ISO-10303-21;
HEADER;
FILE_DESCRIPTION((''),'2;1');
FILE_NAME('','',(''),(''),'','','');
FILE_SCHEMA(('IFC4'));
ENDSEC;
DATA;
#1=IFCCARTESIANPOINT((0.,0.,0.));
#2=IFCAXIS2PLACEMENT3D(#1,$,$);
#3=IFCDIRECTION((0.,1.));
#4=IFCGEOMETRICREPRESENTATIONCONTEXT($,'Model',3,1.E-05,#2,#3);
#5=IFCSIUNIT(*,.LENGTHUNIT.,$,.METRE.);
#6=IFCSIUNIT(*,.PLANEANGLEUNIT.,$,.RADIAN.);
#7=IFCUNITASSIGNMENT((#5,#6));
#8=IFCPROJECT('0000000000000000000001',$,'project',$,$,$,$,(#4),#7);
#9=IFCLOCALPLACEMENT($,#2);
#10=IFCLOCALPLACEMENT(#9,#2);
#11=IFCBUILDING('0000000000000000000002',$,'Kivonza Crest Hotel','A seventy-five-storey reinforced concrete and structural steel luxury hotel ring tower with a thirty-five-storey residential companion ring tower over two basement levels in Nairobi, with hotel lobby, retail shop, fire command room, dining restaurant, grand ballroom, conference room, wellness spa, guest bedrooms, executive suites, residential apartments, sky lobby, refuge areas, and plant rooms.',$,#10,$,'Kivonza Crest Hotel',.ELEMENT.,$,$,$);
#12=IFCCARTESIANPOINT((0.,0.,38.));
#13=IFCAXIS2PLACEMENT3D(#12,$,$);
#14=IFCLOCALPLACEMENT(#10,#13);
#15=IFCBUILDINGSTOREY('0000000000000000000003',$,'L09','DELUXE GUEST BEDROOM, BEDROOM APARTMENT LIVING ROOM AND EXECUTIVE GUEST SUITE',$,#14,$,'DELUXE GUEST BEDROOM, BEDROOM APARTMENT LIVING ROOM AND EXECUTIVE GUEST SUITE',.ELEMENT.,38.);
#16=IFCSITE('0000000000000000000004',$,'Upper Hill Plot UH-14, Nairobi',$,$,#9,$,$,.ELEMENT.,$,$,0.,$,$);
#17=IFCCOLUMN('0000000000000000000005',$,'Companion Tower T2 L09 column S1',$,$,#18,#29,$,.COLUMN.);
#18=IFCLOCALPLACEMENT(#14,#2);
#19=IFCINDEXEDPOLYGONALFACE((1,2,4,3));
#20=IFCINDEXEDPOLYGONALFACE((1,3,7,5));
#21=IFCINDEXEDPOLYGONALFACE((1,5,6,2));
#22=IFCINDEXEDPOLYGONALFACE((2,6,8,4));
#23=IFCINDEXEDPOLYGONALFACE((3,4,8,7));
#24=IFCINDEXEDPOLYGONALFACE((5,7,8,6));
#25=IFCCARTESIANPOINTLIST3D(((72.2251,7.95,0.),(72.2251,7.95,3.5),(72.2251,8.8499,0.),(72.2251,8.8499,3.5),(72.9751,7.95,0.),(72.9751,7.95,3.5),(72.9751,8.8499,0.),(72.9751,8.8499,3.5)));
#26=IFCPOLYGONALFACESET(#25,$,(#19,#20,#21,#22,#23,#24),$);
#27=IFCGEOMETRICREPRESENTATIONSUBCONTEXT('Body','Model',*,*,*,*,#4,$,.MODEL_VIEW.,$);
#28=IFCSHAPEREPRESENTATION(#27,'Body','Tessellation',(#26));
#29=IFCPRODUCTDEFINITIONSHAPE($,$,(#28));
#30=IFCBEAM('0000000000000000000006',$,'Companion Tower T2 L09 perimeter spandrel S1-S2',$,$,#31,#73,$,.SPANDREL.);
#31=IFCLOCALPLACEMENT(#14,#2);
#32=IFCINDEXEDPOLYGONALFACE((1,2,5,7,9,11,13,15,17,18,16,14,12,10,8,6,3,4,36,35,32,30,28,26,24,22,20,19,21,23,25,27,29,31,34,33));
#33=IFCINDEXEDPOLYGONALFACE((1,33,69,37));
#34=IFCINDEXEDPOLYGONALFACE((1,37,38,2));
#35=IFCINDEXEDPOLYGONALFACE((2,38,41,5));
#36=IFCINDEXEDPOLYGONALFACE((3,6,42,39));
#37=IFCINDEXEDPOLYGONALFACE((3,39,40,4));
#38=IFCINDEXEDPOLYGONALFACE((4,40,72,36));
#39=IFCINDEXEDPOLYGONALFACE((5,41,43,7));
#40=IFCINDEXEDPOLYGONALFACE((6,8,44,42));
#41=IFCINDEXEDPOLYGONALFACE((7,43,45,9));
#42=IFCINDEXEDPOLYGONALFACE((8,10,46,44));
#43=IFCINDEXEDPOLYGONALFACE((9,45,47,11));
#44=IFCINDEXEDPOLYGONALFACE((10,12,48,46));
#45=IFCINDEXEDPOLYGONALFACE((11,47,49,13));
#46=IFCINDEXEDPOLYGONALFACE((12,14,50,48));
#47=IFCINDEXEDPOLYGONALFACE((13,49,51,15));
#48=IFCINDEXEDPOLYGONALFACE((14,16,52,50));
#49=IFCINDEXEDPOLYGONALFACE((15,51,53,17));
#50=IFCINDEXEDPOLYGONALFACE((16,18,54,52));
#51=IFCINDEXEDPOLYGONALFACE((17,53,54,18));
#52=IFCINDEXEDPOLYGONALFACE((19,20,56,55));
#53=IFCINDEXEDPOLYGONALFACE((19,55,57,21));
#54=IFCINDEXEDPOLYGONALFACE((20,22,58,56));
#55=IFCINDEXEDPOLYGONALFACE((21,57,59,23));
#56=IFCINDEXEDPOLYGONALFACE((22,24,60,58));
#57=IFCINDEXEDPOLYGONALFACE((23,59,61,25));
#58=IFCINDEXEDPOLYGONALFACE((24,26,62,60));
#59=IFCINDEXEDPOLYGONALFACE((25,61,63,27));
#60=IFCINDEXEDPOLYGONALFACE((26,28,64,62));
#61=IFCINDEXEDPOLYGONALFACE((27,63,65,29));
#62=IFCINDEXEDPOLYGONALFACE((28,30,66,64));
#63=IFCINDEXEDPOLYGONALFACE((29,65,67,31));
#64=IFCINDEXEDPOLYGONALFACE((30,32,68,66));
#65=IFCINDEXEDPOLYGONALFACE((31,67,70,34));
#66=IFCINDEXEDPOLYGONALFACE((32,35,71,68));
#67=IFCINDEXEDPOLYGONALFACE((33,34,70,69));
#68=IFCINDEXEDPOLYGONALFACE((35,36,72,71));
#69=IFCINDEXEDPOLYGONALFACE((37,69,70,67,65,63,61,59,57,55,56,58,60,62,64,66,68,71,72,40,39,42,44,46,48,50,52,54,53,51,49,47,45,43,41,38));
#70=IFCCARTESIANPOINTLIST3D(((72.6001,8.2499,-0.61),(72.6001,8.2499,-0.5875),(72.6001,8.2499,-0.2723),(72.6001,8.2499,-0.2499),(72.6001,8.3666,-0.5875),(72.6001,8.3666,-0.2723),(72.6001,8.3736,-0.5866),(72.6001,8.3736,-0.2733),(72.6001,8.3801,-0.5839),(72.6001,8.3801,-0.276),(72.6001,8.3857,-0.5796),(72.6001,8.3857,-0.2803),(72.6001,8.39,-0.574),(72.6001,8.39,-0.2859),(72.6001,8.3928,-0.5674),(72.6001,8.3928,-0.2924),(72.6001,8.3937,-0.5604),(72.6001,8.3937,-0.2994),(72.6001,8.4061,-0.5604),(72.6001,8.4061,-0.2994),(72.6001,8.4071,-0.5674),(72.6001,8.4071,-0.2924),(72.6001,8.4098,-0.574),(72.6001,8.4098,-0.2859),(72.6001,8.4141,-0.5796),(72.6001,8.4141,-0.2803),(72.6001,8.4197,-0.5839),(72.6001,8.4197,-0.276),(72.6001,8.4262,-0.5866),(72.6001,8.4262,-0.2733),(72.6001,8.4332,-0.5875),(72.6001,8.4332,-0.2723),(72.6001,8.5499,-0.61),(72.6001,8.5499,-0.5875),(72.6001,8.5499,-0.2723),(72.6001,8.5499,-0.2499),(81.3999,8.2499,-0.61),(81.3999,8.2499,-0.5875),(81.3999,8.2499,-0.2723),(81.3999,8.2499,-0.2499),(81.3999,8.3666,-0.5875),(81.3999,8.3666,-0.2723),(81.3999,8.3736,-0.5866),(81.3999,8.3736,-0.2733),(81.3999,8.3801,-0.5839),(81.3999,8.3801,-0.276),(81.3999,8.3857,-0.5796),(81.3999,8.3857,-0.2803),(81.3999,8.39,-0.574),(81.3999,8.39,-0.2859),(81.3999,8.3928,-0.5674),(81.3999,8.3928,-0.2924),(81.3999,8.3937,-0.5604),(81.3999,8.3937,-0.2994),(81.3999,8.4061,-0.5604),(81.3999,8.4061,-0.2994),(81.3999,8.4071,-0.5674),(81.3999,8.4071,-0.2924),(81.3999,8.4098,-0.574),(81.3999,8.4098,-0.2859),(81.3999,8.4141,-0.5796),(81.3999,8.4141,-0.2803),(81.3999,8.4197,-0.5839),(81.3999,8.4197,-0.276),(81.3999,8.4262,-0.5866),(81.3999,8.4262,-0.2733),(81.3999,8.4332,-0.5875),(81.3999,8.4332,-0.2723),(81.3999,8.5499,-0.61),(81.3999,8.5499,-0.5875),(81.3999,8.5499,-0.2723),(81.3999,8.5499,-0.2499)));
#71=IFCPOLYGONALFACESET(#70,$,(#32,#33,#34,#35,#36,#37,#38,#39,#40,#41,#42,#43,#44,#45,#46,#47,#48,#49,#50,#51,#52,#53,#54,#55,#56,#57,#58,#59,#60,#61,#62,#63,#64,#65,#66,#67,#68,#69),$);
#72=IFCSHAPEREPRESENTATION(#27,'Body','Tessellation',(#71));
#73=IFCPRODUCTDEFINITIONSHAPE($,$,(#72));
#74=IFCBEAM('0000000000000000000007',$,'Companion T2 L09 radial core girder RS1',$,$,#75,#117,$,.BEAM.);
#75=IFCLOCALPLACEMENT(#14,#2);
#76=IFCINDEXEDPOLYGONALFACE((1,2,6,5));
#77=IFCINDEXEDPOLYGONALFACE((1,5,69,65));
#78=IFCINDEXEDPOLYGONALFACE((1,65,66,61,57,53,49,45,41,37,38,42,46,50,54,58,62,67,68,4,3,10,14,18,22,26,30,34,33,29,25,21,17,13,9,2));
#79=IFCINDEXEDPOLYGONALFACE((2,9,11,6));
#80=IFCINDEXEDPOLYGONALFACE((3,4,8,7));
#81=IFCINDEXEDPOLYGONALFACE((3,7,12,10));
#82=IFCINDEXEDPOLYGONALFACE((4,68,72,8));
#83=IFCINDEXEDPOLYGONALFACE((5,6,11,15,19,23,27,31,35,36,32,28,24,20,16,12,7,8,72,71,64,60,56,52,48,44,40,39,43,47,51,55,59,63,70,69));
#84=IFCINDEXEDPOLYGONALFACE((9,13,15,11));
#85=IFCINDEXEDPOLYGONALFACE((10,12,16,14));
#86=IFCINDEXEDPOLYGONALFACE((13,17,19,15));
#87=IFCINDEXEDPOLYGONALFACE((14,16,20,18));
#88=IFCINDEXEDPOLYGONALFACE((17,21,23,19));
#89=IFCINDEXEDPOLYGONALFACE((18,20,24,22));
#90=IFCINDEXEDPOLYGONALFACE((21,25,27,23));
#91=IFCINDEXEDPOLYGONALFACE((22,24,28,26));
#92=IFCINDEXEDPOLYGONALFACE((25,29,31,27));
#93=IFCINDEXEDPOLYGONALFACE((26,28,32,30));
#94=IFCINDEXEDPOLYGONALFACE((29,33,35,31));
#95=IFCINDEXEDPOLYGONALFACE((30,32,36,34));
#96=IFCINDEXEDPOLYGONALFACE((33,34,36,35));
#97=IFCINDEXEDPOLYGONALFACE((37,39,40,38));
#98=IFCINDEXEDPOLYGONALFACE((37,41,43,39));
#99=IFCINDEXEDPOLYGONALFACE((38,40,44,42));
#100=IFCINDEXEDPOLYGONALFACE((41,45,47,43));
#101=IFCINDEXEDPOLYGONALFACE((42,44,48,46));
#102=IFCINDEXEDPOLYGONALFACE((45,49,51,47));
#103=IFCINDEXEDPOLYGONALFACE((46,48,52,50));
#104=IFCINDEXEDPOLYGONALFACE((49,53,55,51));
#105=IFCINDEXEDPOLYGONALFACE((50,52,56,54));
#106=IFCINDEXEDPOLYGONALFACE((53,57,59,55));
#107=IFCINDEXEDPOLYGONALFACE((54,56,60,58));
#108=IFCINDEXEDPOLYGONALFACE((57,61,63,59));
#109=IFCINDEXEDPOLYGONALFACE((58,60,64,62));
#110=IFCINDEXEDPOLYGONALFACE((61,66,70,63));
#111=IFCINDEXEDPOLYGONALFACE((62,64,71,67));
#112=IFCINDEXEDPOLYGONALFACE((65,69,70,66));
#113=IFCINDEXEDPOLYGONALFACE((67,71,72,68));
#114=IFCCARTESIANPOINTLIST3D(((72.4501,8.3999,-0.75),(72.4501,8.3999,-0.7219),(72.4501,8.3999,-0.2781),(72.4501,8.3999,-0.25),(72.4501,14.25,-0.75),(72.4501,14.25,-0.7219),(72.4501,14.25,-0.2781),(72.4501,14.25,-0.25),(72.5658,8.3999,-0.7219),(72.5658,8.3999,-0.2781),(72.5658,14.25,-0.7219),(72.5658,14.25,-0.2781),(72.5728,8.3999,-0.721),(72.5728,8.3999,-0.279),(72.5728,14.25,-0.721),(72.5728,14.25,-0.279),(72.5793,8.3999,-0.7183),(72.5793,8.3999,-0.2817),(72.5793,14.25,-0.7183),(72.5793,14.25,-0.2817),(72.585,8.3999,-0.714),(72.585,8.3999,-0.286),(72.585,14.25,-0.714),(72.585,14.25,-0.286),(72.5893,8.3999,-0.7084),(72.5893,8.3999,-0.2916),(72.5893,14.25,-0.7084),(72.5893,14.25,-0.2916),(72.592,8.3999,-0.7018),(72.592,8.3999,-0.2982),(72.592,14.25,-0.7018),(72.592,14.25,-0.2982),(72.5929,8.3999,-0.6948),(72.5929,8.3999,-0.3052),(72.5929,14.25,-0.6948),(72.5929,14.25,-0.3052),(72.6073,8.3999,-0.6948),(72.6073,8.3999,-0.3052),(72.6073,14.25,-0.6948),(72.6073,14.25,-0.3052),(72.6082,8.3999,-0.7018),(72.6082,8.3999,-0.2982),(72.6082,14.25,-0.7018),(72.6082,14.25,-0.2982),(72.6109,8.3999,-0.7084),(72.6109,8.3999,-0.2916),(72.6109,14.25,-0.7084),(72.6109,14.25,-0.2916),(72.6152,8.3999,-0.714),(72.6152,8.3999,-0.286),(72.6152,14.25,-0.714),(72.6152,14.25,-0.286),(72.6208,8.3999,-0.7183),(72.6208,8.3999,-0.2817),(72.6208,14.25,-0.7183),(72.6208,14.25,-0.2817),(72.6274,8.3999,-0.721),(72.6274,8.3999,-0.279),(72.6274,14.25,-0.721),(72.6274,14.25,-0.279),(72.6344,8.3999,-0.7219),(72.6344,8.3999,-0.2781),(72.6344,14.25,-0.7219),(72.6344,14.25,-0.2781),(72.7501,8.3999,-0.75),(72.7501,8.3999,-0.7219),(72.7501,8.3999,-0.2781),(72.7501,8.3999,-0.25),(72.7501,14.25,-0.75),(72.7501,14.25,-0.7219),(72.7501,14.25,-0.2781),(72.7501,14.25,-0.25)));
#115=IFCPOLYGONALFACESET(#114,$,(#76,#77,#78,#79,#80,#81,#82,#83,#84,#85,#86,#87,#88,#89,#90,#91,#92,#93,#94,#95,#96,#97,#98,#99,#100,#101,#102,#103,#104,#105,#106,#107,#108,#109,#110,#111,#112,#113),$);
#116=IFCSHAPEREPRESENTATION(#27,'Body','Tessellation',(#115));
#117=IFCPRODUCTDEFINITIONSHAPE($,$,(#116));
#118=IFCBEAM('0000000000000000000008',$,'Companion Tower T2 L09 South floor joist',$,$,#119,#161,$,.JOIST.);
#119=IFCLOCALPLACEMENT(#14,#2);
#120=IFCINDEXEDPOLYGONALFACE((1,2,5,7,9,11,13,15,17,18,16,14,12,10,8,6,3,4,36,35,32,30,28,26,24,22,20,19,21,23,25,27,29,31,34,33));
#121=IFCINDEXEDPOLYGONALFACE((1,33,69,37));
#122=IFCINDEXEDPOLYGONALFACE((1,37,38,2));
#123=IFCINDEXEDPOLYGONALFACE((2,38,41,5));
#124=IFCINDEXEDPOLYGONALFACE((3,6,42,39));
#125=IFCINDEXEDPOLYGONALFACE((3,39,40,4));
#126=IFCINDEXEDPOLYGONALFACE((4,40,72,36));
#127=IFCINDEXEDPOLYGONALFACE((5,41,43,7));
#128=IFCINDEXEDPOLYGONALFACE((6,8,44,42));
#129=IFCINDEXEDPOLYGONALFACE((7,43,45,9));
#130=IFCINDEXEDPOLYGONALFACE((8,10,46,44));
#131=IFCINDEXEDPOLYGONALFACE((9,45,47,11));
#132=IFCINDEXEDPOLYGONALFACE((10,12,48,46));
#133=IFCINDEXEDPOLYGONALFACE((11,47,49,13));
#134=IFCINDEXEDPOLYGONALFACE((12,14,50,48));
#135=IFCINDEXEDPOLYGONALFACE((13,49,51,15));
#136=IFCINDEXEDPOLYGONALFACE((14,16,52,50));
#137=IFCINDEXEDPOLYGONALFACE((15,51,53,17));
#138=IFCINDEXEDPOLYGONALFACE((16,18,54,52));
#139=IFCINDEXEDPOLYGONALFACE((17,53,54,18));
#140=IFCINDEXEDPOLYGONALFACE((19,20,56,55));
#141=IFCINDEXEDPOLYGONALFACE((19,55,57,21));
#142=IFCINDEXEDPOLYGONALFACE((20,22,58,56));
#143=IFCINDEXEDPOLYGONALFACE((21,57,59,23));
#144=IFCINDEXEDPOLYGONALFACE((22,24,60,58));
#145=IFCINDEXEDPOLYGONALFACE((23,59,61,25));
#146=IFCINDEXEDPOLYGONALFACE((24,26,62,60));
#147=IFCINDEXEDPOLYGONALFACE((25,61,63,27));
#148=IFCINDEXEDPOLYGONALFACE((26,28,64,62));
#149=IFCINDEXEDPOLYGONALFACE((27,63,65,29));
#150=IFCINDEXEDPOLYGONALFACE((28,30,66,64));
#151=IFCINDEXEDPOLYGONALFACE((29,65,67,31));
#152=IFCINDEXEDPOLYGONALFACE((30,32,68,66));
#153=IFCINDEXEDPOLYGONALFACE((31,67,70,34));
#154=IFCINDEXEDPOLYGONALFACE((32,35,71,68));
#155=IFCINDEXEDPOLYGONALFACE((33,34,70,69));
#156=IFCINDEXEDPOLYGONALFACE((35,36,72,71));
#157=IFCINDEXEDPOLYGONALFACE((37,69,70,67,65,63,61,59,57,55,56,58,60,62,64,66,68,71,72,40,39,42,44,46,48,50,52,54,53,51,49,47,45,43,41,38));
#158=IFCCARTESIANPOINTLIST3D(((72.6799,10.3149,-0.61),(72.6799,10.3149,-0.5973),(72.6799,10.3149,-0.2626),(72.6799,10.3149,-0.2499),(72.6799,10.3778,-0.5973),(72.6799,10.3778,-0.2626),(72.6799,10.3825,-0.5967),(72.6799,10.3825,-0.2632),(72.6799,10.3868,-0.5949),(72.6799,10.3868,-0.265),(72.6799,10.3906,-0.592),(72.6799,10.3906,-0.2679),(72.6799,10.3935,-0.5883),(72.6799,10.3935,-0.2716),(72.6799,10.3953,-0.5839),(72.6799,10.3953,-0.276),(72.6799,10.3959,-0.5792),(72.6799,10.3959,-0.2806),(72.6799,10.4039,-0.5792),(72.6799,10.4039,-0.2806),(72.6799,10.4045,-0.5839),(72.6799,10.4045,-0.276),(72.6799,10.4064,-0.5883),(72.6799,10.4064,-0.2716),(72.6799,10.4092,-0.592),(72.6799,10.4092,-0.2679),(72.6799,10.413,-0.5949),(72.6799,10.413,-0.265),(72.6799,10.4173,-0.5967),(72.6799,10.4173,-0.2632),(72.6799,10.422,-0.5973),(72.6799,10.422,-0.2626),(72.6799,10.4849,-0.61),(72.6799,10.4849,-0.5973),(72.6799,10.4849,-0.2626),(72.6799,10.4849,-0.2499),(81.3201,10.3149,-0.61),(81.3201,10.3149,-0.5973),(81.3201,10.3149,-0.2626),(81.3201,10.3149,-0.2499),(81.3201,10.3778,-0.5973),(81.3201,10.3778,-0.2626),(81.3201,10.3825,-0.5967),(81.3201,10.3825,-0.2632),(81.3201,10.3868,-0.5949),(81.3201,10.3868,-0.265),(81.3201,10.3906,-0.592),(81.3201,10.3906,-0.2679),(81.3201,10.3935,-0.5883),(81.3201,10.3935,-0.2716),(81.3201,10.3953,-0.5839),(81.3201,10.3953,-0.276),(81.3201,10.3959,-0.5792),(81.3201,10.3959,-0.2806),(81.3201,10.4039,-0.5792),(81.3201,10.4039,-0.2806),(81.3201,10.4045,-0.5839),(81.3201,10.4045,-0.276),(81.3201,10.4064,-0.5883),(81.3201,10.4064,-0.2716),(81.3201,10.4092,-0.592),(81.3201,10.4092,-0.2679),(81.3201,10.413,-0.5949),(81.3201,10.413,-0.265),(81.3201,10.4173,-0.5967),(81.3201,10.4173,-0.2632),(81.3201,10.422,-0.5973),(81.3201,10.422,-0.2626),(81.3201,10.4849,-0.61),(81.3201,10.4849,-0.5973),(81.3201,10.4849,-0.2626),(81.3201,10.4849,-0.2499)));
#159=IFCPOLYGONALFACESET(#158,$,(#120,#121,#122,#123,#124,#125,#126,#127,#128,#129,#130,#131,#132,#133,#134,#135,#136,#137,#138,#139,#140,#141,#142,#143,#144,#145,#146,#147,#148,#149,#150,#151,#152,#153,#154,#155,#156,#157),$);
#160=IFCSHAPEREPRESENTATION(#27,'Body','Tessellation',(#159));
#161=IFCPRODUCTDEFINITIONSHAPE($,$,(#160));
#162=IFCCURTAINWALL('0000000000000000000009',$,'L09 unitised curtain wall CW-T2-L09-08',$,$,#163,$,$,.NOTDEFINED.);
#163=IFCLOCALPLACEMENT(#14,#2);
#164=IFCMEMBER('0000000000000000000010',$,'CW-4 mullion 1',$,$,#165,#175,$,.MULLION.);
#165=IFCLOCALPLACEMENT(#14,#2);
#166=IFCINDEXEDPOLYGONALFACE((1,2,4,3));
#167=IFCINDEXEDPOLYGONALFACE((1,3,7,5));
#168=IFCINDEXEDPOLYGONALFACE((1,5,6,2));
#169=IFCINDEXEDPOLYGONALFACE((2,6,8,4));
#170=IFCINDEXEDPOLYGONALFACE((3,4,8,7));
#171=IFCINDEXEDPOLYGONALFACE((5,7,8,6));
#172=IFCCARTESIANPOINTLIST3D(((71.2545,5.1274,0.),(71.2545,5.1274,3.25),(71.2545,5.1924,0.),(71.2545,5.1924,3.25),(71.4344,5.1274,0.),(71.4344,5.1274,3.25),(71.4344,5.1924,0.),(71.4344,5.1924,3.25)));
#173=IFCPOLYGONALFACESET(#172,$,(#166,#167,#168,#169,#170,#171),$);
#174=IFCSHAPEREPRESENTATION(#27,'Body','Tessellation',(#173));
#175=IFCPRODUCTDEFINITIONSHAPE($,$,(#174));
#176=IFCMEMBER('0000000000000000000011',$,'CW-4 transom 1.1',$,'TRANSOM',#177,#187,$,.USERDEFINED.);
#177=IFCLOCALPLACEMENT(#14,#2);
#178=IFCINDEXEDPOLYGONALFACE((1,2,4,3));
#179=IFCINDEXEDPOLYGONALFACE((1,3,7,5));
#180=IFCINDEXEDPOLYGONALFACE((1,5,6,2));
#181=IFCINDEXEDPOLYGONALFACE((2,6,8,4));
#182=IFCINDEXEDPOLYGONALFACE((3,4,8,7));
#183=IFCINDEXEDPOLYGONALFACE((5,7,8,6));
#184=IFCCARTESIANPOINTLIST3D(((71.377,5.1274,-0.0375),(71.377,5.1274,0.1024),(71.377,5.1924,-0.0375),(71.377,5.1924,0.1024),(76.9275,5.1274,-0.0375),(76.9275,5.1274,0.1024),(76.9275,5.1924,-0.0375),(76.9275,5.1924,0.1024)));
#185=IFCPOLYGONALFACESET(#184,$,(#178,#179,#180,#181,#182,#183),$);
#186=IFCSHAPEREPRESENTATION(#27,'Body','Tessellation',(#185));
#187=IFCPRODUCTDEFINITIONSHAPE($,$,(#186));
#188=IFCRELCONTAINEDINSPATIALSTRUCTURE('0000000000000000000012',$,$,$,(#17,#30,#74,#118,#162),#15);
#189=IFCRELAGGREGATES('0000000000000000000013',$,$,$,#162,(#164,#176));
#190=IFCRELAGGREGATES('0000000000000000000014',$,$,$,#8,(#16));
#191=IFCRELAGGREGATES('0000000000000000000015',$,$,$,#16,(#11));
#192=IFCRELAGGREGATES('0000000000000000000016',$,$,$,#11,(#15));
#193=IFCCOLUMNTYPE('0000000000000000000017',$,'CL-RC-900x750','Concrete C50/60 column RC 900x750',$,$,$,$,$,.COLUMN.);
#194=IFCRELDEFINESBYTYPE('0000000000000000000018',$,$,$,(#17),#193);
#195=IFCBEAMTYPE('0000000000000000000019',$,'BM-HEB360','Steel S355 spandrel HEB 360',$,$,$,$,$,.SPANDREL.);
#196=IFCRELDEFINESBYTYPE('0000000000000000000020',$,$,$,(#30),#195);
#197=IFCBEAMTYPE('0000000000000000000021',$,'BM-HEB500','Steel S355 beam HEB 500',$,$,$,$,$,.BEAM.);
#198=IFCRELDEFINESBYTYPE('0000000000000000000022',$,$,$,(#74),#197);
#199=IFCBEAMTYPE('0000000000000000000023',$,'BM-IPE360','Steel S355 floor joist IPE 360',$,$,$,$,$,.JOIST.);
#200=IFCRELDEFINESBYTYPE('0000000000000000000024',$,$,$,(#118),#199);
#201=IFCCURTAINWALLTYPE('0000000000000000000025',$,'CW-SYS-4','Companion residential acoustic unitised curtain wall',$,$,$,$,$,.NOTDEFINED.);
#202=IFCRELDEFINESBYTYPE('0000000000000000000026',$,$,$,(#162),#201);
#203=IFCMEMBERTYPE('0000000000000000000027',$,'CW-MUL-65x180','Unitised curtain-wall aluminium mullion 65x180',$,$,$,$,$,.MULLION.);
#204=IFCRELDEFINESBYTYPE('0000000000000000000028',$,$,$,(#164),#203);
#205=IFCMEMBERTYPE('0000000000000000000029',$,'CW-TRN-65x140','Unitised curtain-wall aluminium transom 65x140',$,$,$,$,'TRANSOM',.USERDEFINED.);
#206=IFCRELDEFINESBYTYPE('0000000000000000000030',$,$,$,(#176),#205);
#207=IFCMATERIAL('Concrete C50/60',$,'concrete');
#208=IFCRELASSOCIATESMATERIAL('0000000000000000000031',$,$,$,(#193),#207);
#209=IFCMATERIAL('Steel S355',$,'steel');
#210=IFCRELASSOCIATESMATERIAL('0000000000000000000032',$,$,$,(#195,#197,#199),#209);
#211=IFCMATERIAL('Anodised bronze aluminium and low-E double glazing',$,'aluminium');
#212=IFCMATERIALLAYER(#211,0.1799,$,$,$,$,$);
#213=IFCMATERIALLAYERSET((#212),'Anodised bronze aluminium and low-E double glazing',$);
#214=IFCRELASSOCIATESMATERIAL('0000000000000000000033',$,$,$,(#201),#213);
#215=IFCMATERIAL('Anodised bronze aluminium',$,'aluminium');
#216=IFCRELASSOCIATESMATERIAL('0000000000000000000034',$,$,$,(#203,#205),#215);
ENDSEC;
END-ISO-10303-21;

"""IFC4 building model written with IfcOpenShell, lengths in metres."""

from ifc_helpers import new_model, si_unit, direction, frame, origin, origin_2d, place, context, subcontext, project, spatial, rectangle, i_section, extrude, material, layer, layer_set, material_profile, profile_set, type_object, element, aggregate, save


model = new_model("IFC4")

# Units and contexts
model_context = context("Model", 3, precision=1e-05, world=origin(), true_north=direction((0.0, 1.0)))
body_context = subcontext(model_context, "Body", "Model", "MODEL_VIEW")
ifc_project = project(units=[si_unit("LENGTHUNIT", "METRE"), si_unit("PLANEANGLEUNIT", "RADIAN")], contexts=[model_context])

# Site, building, storey
site_placement = place(None, origin())
site = spatial("IfcSite", under=ifc_project, at=site_placement, Name="Upper Hill Plot UH-14, Nairobi", CompositionType="ELEMENT", RefElevation=0.0)
building_placement = place(site_placement, origin())
building = spatial("IfcBuilding", under=site, at=building_placement, Name="Kivonza Crest Hotel", Description="A seventy-five-storey reinforced concrete and structural steel luxury hotel ring tower with a thirty-five-storey residential companion ring tower over two basement levels in Nairobi, with hotel lobby, retail shop, fire command room, dining restaurant, grand ballroom, conference room, wellness spa, guest bedrooms, executive suites, residential apartments, sky lobby, refuge areas, and plant rooms.", LongName="Kivonza Crest Hotel", CompositionType="ELEMENT")
storey_placement = place(building_placement, frame((0.0, 0.0, 38.0)))
storey = spatial("IfcBuildingStorey", under=building, at=storey_placement, Name="L09", Description="DELUXE GUEST BEDROOM, BEDROOM APARTMENT LIVING ROOM AND EXECUTIVE GUEST SUITE", LongName="DELUXE GUEST BEDROOM, BEDROOM APARTMENT LIVING ROOM AND EXECUTIVE GUEST SUITE", CompositionType="ELEMENT", Elevation=38.0)

# Column
ifc_material_1 = material(Name="Concrete C50/60", Category="concrete")
ifc_material_profile_1 = material_profile(ifc_material_1, rectangle(XDim=0.75, YDim=0.8999, at=origin_2d()), Name="RC 900x750")
ifc_profile_set_1 = profile_set([ifc_material_profile_1], Name="Concrete C50/60")
column_type = type_object("IfcColumnType", Name="CL-RC-900x750", Description="Concrete C50/60 column RC 900x750", PredefinedType="COLUMN", material=ifc_profile_set_1)
column_placement = place(storey_placement, frame((72.6001, 8.3999, 0.0), z_axis=(0.0, 0.0, 1.0), x_axis=(1.0, 0.0, 0.0)))
element("IfcColumn", 1, at=column_placement, inside=storey, type_object=column_type, Name="Companion Tower T2 L09 column S1", PredefinedType="COLUMN", context=body_context, shape_type="SweptSolid", body=[
    extrude(rectangle(XDim=0.75, YDim=0.8999, at=origin_2d()), origin(), (0.0, 0.0, 1.0), 3.5),
])

# Beams
ifc_material_2 = material(Name="Steel S355", Category="steel")
ifc_material_profile_2 = material_profile(ifc_material_2, i_section(OverallWidth=0.3, OverallDepth=0.3601, WebThickness=0.0125, FlangeThickness=0.0225, FilletRadius=0.0271, at=origin_2d()), Name="HEB 360")
ifc_profile_set_2 = profile_set([ifc_material_profile_2], Name="Steel S355")
beam_type_1 = type_object("IfcBeamType", Name="BM-HEB360", Description="Steel S355 spandrel HEB 360", PredefinedType="SPANDREL", material=ifc_profile_set_2)
beam_1_placement = place(storey_placement, frame((72.6001, 8.3999, -0.4299), z_axis=(1.0, 0.0, 0.0), x_axis=(0.0, 1.0, 0.0)))
element("IfcBeam", 2, at=beam_1_placement, inside=storey, type_object=beam_type_1, Name="Companion Tower T2 L09 perimeter spandrel S1-S2", PredefinedType="SPANDREL", context=body_context, shape_type="SweptSolid", body=[
    extrude(i_section(OverallWidth=0.3, OverallDepth=0.3601, WebThickness=0.0125, FlangeThickness=0.0225, FilletRadius=0.0271, at=origin_2d()), origin(), (0.0, 0.0, 1.0), 8.7998),
])
ifc_material_profile_3 = material_profile(ifc_material_2, i_section(OverallWidth=0.3, OverallDepth=0.5, WebThickness=0.0144, FlangeThickness=0.0281, FilletRadius=0.0271, at=origin_2d()), Name="HEB 500")
ifc_profile_set_3 = profile_set([ifc_material_profile_3], Name="Steel S355")
beam_type_2 = type_object("IfcBeamType", Name="BM-HEB500", Description="Steel S355 beam HEB 500", PredefinedType="BEAM", material=ifc_profile_set_3)
beam_2_placement = place(storey_placement, frame((72.6001, 8.3999, -0.5), z_axis=(0.0, 1.0, 0.0), x_axis=(-1.0, 0.0, 0.0)))
element("IfcBeam", 3, at=beam_2_placement, inside=storey, type_object=beam_type_2, Name="Companion T2 L09 radial core girder RS1", PredefinedType="BEAM", context=body_context, shape_type="SweptSolid", body=[
    extrude(i_section(OverallWidth=0.3, OverallDepth=0.5, WebThickness=0.0144, FlangeThickness=0.0281, FilletRadius=0.0271, at=origin_2d()), origin(), (0.0, 0.0, 1.0), 5.8501),
])
ifc_material_profile_4 = material_profile(ifc_material_2, i_section(OverallWidth=0.1699, OverallDepth=0.3601, WebThickness=0.0081, FlangeThickness=0.0127, FilletRadius=0.0181, at=origin_2d()), Name="IPE 360")
ifc_profile_set_4 = profile_set([ifc_material_profile_4], Name="Steel S355")
beam_type_3 = type_object("IfcBeamType", Name="BM-IPE360", Description="Steel S355 floor joist IPE 360", PredefinedType="JOIST", material=ifc_profile_set_4)
beam_3_placement = place(storey_placement, frame((72.6799, 10.3999, -0.4299), z_axis=(1.0, 0.0, 0.0), x_axis=(0.0, 1.0, 0.0)))
element("IfcBeam", 4, at=beam_3_placement, inside=storey, type_object=beam_type_3, Name="Companion Tower T2 L09 South floor joist", PredefinedType="JOIST", context=body_context, shape_type="SweptSolid", body=[
    extrude(i_section(OverallWidth=0.1699, OverallDepth=0.3601, WebThickness=0.0081, FlangeThickness=0.0127, FilletRadius=0.0181, at=origin_2d()), origin(), (0.0, 0.0, 1.0), 8.6401),
])

# Curtain wall, members
ifc_material_3 = material(Name="Anodised bronze aluminium and low-E double glazing", Category="aluminium")
ifc_layer_1 = layer(ifc_material_3, 0.1799)
ifc_layer_set_1 = layer_set([ifc_layer_1], Name="Anodised bronze aluminium and low-E double glazing")
curtain_wall_type = type_object("IfcCurtainWallType", Name="CW-SYS-4", Description="Companion residential acoustic unitised curtain wall", PredefinedType="NOTDEFINED", material=ifc_layer_set_1)
curtain_wall_placement = place(storey_placement, origin())
curtain_wall = element("IfcCurtainWall", 5, at=curtain_wall_placement, inside=storey, type_object=curtain_wall_type, Name="L09 unitised curtain wall CW-T2-L09-08", PredefinedType="NOTDEFINED")
ifc_material_4 = material(Name="Anodised bronze aluminium", Category="aluminium")
ifc_material_profile_5 = material_profile(ifc_material_4, rectangle(XDim=0.0649, YDim=0.1799, at=origin_2d()), Name="CW-M 65x180")
ifc_profile_set_5 = profile_set([ifc_material_profile_5], Name="Anodised bronze aluminium")
member_type_1 = type_object("IfcMemberType", Name="CW-MUL-65x180", Description="Unitised curtain-wall aluminium mullion 65x180", PredefinedType="MULLION", material=ifc_profile_set_5)
member_1_placement = place(storey_placement, frame((71.3445, 5.1599, 0.0), z_axis=(0.0, 0.0, 1.0), x_axis=(0.0, 1.0, 0.0)))
member_1 = element("IfcMember", 6, at=member_1_placement, type_object=member_type_1, Name="CW-4 mullion 1", PredefinedType="MULLION", context=body_context, shape_type="SweptSolid", body=[
    extrude(rectangle(XDim=0.0649, YDim=0.1799, at=origin_2d()), origin(), (0.0, 0.0, 1.0), 3.25),
])
ifc_material_profile_6 = material_profile(ifc_material_4, rectangle(XDim=0.0649, YDim=0.1399, at=origin_2d()), Name="CW-T 65x140")
ifc_profile_set_6 = profile_set([ifc_material_profile_6], Name="Anodised bronze aluminium")
member_type_2 = type_object("IfcMemberType", Name="CW-TRN-65x140", Description="Unitised curtain-wall aluminium transom 65x140", ElementType="TRANSOM", PredefinedType="USERDEFINED", material=ifc_profile_set_6)
member_2_placement = place(storey_placement, frame((71.377, 5.1599, 0.0325), z_axis=(1.0, 0.0, 0.0), x_axis=(0.0, 1.0, 0.0)))
member_2 = element("IfcMember", 7, at=member_2_placement, type_object=member_type_2, Name="CW-4 transom 1.1", ObjectType="TRANSOM", PredefinedType="USERDEFINED", context=body_context, shape_type="SweptSolid", body=[
    extrude(rectangle(XDim=0.0649, YDim=0.1399, at=origin_2d()), origin(), (0.0, 0.0, 1.0), 5.5505),
])
aggregate(curtain_wall, [member_1, member_2])

save(model, "model.ifc")
